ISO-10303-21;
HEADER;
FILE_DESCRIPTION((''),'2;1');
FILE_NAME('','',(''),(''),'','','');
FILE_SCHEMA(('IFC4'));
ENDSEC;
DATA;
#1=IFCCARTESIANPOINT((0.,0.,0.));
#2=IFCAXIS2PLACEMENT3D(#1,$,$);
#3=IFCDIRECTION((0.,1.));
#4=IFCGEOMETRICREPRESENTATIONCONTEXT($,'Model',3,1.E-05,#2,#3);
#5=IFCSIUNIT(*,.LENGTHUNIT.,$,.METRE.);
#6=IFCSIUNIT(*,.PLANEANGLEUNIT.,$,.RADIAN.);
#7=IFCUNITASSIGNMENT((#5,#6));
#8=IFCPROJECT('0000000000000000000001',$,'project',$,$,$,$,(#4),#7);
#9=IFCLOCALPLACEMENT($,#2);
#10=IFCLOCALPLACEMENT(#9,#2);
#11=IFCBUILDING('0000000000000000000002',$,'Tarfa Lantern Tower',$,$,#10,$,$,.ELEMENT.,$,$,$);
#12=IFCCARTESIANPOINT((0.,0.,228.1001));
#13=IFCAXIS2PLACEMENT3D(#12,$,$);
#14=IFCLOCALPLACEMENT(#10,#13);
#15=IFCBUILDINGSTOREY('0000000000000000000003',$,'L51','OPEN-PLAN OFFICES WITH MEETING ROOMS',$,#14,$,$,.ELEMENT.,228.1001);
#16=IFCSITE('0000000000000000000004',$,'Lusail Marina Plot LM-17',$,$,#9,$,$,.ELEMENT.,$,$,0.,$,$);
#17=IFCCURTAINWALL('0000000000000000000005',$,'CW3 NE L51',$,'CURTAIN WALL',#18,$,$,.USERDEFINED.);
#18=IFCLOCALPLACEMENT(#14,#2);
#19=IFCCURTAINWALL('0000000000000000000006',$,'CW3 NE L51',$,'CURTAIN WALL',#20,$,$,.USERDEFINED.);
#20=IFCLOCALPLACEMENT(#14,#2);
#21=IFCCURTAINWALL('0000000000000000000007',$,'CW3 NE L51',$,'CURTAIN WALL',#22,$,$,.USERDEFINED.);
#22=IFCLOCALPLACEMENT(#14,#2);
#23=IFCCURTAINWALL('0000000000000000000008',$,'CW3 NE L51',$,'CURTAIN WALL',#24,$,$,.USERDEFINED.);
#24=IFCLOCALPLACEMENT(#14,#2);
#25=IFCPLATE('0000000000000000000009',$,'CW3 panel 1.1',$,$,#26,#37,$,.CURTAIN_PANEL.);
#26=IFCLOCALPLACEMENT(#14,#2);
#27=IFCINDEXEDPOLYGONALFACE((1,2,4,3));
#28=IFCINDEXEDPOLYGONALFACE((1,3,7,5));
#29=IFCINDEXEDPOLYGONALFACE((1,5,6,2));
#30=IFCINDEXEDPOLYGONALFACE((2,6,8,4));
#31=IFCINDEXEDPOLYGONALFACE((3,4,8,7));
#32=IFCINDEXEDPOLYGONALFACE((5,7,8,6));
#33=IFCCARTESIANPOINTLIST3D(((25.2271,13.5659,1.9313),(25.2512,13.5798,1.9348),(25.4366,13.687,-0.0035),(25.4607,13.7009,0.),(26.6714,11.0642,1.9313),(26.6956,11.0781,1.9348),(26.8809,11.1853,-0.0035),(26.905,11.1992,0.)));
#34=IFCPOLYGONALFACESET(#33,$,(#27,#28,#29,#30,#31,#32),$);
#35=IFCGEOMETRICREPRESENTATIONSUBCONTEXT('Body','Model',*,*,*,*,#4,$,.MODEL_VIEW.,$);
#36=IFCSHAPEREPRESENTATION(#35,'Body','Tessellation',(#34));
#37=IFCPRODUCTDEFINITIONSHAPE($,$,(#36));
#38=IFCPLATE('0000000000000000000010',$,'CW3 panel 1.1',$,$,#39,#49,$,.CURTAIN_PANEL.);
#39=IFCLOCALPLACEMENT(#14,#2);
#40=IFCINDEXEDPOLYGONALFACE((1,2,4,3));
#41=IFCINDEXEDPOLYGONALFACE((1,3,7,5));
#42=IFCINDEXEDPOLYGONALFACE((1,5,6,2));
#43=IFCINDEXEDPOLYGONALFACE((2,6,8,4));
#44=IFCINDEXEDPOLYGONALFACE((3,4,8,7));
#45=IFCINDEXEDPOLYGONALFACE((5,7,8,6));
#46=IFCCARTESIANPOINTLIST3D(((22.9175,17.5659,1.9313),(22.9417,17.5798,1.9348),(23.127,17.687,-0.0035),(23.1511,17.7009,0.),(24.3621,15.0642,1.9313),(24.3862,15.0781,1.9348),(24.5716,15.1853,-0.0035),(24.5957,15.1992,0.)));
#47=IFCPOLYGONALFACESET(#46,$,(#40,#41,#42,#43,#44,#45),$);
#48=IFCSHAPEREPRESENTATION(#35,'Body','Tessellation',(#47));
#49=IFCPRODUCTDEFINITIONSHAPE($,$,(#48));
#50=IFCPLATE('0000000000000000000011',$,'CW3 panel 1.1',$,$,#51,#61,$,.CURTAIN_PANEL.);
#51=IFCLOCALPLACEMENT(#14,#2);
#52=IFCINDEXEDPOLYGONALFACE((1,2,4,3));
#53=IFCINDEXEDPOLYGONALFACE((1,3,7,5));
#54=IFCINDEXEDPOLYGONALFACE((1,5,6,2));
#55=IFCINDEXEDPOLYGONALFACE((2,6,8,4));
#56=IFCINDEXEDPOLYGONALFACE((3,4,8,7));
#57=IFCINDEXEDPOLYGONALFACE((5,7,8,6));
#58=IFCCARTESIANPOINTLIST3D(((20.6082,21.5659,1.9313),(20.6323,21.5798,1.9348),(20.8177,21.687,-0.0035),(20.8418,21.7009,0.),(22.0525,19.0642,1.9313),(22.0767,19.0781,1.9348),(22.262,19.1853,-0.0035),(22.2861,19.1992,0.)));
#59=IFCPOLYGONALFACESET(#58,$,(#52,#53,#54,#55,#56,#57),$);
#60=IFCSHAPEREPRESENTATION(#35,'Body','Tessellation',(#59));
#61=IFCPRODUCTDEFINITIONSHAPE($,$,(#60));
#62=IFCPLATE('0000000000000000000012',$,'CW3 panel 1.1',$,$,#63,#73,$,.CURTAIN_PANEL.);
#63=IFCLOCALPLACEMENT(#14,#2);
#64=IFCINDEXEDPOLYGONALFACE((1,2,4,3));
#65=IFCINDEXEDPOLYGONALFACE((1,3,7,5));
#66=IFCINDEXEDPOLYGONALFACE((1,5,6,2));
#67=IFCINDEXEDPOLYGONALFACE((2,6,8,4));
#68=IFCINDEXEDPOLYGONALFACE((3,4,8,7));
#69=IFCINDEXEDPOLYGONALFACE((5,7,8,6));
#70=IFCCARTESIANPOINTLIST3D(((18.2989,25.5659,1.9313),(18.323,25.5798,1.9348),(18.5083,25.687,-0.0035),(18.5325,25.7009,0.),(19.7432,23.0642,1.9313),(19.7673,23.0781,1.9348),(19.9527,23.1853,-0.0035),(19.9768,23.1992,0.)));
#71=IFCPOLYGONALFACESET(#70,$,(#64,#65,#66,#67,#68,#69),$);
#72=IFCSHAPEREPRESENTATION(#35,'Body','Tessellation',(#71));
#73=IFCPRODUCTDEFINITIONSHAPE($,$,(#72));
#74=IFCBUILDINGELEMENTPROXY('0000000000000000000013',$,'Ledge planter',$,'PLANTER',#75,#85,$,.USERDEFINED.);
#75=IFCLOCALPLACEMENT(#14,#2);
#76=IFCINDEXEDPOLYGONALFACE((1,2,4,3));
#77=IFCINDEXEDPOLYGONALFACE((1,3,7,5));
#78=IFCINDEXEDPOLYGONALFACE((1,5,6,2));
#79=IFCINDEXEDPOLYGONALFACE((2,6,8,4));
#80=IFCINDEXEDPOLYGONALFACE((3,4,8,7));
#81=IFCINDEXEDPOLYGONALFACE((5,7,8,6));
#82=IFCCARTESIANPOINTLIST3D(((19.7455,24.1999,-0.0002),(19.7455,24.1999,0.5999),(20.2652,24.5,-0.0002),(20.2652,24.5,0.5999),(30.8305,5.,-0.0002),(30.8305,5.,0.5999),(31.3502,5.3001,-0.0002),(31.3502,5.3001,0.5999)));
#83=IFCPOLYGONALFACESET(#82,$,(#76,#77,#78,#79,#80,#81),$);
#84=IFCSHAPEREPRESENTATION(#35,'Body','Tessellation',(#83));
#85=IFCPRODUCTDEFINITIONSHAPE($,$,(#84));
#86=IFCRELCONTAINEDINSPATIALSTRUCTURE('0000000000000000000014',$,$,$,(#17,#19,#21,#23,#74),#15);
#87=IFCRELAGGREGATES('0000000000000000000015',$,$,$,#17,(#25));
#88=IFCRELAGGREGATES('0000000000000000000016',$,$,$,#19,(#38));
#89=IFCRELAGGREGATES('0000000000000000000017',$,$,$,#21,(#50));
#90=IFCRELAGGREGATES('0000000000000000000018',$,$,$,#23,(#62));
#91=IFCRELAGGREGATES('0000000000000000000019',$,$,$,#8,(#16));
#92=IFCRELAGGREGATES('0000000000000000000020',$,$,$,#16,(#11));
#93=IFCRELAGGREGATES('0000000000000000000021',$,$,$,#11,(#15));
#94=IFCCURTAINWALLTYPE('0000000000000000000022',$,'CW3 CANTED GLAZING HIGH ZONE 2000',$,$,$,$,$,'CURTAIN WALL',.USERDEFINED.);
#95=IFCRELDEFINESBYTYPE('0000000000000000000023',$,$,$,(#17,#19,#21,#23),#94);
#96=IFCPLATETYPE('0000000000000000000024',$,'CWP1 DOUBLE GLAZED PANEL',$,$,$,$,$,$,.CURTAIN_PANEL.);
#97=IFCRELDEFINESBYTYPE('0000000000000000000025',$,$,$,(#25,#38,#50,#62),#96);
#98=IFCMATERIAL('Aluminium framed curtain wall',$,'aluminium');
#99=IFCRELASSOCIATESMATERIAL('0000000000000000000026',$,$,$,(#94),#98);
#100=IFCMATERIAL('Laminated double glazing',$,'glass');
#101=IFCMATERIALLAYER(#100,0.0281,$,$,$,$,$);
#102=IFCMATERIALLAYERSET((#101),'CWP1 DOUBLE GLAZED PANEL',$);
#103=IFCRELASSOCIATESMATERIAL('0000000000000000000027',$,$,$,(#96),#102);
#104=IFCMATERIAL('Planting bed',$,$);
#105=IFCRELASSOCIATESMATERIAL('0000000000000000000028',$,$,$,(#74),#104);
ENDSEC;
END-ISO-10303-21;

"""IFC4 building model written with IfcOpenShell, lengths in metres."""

from ifc_helpers import new_model, si_unit, direction, frame, origin, origin_2d, place, context, subcontext, project, spatial, polyline, rectangle, outline, extrude, material, layer, layer_set, type_object, element, aggregate, save


model = new_model("IFC4")

# Units and contexts
model_context = context("Model", 3, precision=1e-05, world=origin(), true_north=direction((0.0, 1.0)))
body_context = subcontext(model_context, "Body", "Model", "MODEL_VIEW")
ifc_project = project(units=[si_unit("LENGTHUNIT", "METRE"), si_unit("PLANEANGLEUNIT", "RADIAN")], contexts=[model_context])

# Site, building, storey
site_placement = place(None, origin())
site = spatial("IfcSite", under=ifc_project, at=site_placement, Name="Lusail Marina Plot LM-17", CompositionType="ELEMENT", RefElevation=0.0)
building_placement = place(site_placement, origin())
building = spatial("IfcBuilding", under=site, at=building_placement, Name="Tarfa Lantern Tower", CompositionType="ELEMENT")
storey_placement = place(building_placement, frame((0.0, 0.0, 228.1001)))
storey = spatial("IfcBuildingStorey", under=building, at=storey_placement, Name="L51", Description="OPEN-PLAN OFFICES WITH MEETING ROOMS", CompositionType="ELEMENT", Elevation=228.1001)

# Curtain wall
ifc_material_1 = material(Name="Aluminium framed curtain wall", Category="aluminium")
curtain_wall_type = type_object("IfcCurtainWallType", Name="CW3 CANTED GLAZING HIGH ZONE 2000", ElementType="CURTAIN WALL", PredefinedType="USERDEFINED", material=ifc_material_1)
curtain_wall_1_placement = place(storey_placement, origin())
curtain_wall_1 = element("IfcCurtainWall", 1, at=curtain_wall_1_placement, inside=storey, type_object=curtain_wall_type, Name="CW3 NE L51", ObjectType="CURTAIN WALL", PredefinedType="USERDEFINED")

# Curtain walls
curtain_wall_2_placement = place(storey_placement, origin())
curtain_wall_2 = element("IfcCurtainWall", 2, at=curtain_wall_2_placement, inside=storey, type_object=curtain_wall_type, Name="CW3 NE L51", ObjectType="CURTAIN WALL", PredefinedType="USERDEFINED")
curtain_wall_3_placement = place(storey_placement, origin())
curtain_wall_3 = element("IfcCurtainWall", 3, at=curtain_wall_3_placement, inside=storey, type_object=curtain_wall_type, Name="CW3 NE L51", ObjectType="CURTAIN WALL", PredefinedType="USERDEFINED")

# Curtain wall
curtain_wall_4_placement = place(storey_placement, origin())
curtain_wall_4 = element("IfcCurtainWall", 4, at=curtain_wall_4_placement, inside=storey, type_object=curtain_wall_type, Name="CW3 NE L51", ObjectType="CURTAIN WALL", PredefinedType="USERDEFINED")

# Plates
ifc_material_2 = material(Name="Laminated double glazing", Category="glass")
ifc_layer = layer(ifc_material_2, 0.0281)
ifc_layer_set = layer_set([ifc_layer], Name="CWP1 DOUBLE GLAZED PANEL")
plate_type = type_object("IfcPlateType", Name="CWP1 DOUBLE GLAZED PANEL", PredefinedType="CURTAIN_PANEL", material=ifc_layer_set)
plate_1_placement = place(storey_placement, frame((26.905, 11.1992, 0.0), z_axis=(0.859336, 0.496129, 0.124087), x_axis=(-0.499993, 0.866029, 0.0)))
plate_1 = element("IfcPlate", 5, at=plate_1_placement, type_object=plate_type, Name="CW3 panel 1.1", PredefinedType="CURTAIN_PANEL", context=body_context, shape_type="SweptSolid", body=[
    extrude(outline(polyline([(0.0, 0.0), (2.8887, 0.0), (2.8886, 1.9499), (-0.0001, 1.9499), (0.0, 0.0)])), origin(), (0.0, 0.0, -1.0), 0.0281),
])
aggregate(curtain_wall_1, [plate_1])
plate_2_placement = place(storey_placement, frame((24.5957, 15.1992, 0.0), z_axis=(0.8593, 0.496192, 0.124087), x_axis=(-0.500057, 0.865993, 0.0)))
plate_2 = element("IfcPlate", 6, at=plate_2_placement, type_object=plate_type, Name="CW3 panel 1.1", PredefinedType="CURTAIN_PANEL", context=body_context, shape_type="SweptSolid", body=[
    extrude(outline(polyline([(0.0, 0.0), (2.8888, 0.0), (2.8887, 1.9499), (-0.0001, 1.9499), (0.0, 0.0)])), origin(), (0.0, 0.0, -1.0), 0.0281),
])
aggregate(curtain_wall_2, [plate_2])
plate_3_placement = place(storey_placement, frame((22.2861, 19.1992, 0.0), z_axis=(0.859336, 0.496129, 0.124087), x_axis=(-0.499993, 0.866029, 0.0)))
plate_3 = element("IfcPlate", 7, at=plate_3_placement, type_object=plate_type, Name="CW3 panel 1.1", PredefinedType="CURTAIN_PANEL", context=body_context, shape_type="SweptSolid", body=[
    extrude(outline(polyline([(0.0, 0.0), (2.8887, 0.0), (2.8886, 1.9499), (-0.0001, 1.9499), (0.0, 0.0)])), origin(), (0.0, 0.0, -1.0), 0.0281),
])
aggregate(curtain_wall_3, [plate_3])
plate_4_placement = place(storey_placement, frame((19.9768, 23.1992, 0.0), z_axis=(0.859336, 0.496129, 0.124087), x_axis=(-0.499993, 0.866029, 0.0)))
plate_4 = element("IfcPlate", 8, at=plate_4_placement, type_object=plate_type, Name="CW3 panel 1.1", PredefinedType="CURTAIN_PANEL", context=body_context, shape_type="SweptSolid", body=[
    extrude(outline(polyline([(0.0, 0.0), (2.8887, 0.0), (2.8886, 1.9499), (-0.0001, 1.9499), (0.0, 0.0)])), origin(), (0.0, 0.0, -1.0), 0.0281),
])
aggregate(curtain_wall_4, [plate_4])

# Building element proxy
ifc_material_3 = material(Name="Planting bed")
proxy_placement = place(storey_placement, frame((25.5479, 14.75, -0.0002), z_axis=(0.0, 0.0, 1.0), x_axis=(-0.5, 0.866025, 0.0)))
element("IfcBuildingElementProxy", 9, at=proxy_placement, inside=storey, material=ifc_material_3, Name="Ledge planter", ObjectType="PLANTER", PredefinedType="USERDEFINED", context=body_context, shape_type="SweptSolid", body=[
    extrude(rectangle(XDim=22.1702, YDim=0.6001, at=origin_2d()), origin(), (0.0, 0.0, 1.0), 0.6001),
])

save(model, "model.ifc")
